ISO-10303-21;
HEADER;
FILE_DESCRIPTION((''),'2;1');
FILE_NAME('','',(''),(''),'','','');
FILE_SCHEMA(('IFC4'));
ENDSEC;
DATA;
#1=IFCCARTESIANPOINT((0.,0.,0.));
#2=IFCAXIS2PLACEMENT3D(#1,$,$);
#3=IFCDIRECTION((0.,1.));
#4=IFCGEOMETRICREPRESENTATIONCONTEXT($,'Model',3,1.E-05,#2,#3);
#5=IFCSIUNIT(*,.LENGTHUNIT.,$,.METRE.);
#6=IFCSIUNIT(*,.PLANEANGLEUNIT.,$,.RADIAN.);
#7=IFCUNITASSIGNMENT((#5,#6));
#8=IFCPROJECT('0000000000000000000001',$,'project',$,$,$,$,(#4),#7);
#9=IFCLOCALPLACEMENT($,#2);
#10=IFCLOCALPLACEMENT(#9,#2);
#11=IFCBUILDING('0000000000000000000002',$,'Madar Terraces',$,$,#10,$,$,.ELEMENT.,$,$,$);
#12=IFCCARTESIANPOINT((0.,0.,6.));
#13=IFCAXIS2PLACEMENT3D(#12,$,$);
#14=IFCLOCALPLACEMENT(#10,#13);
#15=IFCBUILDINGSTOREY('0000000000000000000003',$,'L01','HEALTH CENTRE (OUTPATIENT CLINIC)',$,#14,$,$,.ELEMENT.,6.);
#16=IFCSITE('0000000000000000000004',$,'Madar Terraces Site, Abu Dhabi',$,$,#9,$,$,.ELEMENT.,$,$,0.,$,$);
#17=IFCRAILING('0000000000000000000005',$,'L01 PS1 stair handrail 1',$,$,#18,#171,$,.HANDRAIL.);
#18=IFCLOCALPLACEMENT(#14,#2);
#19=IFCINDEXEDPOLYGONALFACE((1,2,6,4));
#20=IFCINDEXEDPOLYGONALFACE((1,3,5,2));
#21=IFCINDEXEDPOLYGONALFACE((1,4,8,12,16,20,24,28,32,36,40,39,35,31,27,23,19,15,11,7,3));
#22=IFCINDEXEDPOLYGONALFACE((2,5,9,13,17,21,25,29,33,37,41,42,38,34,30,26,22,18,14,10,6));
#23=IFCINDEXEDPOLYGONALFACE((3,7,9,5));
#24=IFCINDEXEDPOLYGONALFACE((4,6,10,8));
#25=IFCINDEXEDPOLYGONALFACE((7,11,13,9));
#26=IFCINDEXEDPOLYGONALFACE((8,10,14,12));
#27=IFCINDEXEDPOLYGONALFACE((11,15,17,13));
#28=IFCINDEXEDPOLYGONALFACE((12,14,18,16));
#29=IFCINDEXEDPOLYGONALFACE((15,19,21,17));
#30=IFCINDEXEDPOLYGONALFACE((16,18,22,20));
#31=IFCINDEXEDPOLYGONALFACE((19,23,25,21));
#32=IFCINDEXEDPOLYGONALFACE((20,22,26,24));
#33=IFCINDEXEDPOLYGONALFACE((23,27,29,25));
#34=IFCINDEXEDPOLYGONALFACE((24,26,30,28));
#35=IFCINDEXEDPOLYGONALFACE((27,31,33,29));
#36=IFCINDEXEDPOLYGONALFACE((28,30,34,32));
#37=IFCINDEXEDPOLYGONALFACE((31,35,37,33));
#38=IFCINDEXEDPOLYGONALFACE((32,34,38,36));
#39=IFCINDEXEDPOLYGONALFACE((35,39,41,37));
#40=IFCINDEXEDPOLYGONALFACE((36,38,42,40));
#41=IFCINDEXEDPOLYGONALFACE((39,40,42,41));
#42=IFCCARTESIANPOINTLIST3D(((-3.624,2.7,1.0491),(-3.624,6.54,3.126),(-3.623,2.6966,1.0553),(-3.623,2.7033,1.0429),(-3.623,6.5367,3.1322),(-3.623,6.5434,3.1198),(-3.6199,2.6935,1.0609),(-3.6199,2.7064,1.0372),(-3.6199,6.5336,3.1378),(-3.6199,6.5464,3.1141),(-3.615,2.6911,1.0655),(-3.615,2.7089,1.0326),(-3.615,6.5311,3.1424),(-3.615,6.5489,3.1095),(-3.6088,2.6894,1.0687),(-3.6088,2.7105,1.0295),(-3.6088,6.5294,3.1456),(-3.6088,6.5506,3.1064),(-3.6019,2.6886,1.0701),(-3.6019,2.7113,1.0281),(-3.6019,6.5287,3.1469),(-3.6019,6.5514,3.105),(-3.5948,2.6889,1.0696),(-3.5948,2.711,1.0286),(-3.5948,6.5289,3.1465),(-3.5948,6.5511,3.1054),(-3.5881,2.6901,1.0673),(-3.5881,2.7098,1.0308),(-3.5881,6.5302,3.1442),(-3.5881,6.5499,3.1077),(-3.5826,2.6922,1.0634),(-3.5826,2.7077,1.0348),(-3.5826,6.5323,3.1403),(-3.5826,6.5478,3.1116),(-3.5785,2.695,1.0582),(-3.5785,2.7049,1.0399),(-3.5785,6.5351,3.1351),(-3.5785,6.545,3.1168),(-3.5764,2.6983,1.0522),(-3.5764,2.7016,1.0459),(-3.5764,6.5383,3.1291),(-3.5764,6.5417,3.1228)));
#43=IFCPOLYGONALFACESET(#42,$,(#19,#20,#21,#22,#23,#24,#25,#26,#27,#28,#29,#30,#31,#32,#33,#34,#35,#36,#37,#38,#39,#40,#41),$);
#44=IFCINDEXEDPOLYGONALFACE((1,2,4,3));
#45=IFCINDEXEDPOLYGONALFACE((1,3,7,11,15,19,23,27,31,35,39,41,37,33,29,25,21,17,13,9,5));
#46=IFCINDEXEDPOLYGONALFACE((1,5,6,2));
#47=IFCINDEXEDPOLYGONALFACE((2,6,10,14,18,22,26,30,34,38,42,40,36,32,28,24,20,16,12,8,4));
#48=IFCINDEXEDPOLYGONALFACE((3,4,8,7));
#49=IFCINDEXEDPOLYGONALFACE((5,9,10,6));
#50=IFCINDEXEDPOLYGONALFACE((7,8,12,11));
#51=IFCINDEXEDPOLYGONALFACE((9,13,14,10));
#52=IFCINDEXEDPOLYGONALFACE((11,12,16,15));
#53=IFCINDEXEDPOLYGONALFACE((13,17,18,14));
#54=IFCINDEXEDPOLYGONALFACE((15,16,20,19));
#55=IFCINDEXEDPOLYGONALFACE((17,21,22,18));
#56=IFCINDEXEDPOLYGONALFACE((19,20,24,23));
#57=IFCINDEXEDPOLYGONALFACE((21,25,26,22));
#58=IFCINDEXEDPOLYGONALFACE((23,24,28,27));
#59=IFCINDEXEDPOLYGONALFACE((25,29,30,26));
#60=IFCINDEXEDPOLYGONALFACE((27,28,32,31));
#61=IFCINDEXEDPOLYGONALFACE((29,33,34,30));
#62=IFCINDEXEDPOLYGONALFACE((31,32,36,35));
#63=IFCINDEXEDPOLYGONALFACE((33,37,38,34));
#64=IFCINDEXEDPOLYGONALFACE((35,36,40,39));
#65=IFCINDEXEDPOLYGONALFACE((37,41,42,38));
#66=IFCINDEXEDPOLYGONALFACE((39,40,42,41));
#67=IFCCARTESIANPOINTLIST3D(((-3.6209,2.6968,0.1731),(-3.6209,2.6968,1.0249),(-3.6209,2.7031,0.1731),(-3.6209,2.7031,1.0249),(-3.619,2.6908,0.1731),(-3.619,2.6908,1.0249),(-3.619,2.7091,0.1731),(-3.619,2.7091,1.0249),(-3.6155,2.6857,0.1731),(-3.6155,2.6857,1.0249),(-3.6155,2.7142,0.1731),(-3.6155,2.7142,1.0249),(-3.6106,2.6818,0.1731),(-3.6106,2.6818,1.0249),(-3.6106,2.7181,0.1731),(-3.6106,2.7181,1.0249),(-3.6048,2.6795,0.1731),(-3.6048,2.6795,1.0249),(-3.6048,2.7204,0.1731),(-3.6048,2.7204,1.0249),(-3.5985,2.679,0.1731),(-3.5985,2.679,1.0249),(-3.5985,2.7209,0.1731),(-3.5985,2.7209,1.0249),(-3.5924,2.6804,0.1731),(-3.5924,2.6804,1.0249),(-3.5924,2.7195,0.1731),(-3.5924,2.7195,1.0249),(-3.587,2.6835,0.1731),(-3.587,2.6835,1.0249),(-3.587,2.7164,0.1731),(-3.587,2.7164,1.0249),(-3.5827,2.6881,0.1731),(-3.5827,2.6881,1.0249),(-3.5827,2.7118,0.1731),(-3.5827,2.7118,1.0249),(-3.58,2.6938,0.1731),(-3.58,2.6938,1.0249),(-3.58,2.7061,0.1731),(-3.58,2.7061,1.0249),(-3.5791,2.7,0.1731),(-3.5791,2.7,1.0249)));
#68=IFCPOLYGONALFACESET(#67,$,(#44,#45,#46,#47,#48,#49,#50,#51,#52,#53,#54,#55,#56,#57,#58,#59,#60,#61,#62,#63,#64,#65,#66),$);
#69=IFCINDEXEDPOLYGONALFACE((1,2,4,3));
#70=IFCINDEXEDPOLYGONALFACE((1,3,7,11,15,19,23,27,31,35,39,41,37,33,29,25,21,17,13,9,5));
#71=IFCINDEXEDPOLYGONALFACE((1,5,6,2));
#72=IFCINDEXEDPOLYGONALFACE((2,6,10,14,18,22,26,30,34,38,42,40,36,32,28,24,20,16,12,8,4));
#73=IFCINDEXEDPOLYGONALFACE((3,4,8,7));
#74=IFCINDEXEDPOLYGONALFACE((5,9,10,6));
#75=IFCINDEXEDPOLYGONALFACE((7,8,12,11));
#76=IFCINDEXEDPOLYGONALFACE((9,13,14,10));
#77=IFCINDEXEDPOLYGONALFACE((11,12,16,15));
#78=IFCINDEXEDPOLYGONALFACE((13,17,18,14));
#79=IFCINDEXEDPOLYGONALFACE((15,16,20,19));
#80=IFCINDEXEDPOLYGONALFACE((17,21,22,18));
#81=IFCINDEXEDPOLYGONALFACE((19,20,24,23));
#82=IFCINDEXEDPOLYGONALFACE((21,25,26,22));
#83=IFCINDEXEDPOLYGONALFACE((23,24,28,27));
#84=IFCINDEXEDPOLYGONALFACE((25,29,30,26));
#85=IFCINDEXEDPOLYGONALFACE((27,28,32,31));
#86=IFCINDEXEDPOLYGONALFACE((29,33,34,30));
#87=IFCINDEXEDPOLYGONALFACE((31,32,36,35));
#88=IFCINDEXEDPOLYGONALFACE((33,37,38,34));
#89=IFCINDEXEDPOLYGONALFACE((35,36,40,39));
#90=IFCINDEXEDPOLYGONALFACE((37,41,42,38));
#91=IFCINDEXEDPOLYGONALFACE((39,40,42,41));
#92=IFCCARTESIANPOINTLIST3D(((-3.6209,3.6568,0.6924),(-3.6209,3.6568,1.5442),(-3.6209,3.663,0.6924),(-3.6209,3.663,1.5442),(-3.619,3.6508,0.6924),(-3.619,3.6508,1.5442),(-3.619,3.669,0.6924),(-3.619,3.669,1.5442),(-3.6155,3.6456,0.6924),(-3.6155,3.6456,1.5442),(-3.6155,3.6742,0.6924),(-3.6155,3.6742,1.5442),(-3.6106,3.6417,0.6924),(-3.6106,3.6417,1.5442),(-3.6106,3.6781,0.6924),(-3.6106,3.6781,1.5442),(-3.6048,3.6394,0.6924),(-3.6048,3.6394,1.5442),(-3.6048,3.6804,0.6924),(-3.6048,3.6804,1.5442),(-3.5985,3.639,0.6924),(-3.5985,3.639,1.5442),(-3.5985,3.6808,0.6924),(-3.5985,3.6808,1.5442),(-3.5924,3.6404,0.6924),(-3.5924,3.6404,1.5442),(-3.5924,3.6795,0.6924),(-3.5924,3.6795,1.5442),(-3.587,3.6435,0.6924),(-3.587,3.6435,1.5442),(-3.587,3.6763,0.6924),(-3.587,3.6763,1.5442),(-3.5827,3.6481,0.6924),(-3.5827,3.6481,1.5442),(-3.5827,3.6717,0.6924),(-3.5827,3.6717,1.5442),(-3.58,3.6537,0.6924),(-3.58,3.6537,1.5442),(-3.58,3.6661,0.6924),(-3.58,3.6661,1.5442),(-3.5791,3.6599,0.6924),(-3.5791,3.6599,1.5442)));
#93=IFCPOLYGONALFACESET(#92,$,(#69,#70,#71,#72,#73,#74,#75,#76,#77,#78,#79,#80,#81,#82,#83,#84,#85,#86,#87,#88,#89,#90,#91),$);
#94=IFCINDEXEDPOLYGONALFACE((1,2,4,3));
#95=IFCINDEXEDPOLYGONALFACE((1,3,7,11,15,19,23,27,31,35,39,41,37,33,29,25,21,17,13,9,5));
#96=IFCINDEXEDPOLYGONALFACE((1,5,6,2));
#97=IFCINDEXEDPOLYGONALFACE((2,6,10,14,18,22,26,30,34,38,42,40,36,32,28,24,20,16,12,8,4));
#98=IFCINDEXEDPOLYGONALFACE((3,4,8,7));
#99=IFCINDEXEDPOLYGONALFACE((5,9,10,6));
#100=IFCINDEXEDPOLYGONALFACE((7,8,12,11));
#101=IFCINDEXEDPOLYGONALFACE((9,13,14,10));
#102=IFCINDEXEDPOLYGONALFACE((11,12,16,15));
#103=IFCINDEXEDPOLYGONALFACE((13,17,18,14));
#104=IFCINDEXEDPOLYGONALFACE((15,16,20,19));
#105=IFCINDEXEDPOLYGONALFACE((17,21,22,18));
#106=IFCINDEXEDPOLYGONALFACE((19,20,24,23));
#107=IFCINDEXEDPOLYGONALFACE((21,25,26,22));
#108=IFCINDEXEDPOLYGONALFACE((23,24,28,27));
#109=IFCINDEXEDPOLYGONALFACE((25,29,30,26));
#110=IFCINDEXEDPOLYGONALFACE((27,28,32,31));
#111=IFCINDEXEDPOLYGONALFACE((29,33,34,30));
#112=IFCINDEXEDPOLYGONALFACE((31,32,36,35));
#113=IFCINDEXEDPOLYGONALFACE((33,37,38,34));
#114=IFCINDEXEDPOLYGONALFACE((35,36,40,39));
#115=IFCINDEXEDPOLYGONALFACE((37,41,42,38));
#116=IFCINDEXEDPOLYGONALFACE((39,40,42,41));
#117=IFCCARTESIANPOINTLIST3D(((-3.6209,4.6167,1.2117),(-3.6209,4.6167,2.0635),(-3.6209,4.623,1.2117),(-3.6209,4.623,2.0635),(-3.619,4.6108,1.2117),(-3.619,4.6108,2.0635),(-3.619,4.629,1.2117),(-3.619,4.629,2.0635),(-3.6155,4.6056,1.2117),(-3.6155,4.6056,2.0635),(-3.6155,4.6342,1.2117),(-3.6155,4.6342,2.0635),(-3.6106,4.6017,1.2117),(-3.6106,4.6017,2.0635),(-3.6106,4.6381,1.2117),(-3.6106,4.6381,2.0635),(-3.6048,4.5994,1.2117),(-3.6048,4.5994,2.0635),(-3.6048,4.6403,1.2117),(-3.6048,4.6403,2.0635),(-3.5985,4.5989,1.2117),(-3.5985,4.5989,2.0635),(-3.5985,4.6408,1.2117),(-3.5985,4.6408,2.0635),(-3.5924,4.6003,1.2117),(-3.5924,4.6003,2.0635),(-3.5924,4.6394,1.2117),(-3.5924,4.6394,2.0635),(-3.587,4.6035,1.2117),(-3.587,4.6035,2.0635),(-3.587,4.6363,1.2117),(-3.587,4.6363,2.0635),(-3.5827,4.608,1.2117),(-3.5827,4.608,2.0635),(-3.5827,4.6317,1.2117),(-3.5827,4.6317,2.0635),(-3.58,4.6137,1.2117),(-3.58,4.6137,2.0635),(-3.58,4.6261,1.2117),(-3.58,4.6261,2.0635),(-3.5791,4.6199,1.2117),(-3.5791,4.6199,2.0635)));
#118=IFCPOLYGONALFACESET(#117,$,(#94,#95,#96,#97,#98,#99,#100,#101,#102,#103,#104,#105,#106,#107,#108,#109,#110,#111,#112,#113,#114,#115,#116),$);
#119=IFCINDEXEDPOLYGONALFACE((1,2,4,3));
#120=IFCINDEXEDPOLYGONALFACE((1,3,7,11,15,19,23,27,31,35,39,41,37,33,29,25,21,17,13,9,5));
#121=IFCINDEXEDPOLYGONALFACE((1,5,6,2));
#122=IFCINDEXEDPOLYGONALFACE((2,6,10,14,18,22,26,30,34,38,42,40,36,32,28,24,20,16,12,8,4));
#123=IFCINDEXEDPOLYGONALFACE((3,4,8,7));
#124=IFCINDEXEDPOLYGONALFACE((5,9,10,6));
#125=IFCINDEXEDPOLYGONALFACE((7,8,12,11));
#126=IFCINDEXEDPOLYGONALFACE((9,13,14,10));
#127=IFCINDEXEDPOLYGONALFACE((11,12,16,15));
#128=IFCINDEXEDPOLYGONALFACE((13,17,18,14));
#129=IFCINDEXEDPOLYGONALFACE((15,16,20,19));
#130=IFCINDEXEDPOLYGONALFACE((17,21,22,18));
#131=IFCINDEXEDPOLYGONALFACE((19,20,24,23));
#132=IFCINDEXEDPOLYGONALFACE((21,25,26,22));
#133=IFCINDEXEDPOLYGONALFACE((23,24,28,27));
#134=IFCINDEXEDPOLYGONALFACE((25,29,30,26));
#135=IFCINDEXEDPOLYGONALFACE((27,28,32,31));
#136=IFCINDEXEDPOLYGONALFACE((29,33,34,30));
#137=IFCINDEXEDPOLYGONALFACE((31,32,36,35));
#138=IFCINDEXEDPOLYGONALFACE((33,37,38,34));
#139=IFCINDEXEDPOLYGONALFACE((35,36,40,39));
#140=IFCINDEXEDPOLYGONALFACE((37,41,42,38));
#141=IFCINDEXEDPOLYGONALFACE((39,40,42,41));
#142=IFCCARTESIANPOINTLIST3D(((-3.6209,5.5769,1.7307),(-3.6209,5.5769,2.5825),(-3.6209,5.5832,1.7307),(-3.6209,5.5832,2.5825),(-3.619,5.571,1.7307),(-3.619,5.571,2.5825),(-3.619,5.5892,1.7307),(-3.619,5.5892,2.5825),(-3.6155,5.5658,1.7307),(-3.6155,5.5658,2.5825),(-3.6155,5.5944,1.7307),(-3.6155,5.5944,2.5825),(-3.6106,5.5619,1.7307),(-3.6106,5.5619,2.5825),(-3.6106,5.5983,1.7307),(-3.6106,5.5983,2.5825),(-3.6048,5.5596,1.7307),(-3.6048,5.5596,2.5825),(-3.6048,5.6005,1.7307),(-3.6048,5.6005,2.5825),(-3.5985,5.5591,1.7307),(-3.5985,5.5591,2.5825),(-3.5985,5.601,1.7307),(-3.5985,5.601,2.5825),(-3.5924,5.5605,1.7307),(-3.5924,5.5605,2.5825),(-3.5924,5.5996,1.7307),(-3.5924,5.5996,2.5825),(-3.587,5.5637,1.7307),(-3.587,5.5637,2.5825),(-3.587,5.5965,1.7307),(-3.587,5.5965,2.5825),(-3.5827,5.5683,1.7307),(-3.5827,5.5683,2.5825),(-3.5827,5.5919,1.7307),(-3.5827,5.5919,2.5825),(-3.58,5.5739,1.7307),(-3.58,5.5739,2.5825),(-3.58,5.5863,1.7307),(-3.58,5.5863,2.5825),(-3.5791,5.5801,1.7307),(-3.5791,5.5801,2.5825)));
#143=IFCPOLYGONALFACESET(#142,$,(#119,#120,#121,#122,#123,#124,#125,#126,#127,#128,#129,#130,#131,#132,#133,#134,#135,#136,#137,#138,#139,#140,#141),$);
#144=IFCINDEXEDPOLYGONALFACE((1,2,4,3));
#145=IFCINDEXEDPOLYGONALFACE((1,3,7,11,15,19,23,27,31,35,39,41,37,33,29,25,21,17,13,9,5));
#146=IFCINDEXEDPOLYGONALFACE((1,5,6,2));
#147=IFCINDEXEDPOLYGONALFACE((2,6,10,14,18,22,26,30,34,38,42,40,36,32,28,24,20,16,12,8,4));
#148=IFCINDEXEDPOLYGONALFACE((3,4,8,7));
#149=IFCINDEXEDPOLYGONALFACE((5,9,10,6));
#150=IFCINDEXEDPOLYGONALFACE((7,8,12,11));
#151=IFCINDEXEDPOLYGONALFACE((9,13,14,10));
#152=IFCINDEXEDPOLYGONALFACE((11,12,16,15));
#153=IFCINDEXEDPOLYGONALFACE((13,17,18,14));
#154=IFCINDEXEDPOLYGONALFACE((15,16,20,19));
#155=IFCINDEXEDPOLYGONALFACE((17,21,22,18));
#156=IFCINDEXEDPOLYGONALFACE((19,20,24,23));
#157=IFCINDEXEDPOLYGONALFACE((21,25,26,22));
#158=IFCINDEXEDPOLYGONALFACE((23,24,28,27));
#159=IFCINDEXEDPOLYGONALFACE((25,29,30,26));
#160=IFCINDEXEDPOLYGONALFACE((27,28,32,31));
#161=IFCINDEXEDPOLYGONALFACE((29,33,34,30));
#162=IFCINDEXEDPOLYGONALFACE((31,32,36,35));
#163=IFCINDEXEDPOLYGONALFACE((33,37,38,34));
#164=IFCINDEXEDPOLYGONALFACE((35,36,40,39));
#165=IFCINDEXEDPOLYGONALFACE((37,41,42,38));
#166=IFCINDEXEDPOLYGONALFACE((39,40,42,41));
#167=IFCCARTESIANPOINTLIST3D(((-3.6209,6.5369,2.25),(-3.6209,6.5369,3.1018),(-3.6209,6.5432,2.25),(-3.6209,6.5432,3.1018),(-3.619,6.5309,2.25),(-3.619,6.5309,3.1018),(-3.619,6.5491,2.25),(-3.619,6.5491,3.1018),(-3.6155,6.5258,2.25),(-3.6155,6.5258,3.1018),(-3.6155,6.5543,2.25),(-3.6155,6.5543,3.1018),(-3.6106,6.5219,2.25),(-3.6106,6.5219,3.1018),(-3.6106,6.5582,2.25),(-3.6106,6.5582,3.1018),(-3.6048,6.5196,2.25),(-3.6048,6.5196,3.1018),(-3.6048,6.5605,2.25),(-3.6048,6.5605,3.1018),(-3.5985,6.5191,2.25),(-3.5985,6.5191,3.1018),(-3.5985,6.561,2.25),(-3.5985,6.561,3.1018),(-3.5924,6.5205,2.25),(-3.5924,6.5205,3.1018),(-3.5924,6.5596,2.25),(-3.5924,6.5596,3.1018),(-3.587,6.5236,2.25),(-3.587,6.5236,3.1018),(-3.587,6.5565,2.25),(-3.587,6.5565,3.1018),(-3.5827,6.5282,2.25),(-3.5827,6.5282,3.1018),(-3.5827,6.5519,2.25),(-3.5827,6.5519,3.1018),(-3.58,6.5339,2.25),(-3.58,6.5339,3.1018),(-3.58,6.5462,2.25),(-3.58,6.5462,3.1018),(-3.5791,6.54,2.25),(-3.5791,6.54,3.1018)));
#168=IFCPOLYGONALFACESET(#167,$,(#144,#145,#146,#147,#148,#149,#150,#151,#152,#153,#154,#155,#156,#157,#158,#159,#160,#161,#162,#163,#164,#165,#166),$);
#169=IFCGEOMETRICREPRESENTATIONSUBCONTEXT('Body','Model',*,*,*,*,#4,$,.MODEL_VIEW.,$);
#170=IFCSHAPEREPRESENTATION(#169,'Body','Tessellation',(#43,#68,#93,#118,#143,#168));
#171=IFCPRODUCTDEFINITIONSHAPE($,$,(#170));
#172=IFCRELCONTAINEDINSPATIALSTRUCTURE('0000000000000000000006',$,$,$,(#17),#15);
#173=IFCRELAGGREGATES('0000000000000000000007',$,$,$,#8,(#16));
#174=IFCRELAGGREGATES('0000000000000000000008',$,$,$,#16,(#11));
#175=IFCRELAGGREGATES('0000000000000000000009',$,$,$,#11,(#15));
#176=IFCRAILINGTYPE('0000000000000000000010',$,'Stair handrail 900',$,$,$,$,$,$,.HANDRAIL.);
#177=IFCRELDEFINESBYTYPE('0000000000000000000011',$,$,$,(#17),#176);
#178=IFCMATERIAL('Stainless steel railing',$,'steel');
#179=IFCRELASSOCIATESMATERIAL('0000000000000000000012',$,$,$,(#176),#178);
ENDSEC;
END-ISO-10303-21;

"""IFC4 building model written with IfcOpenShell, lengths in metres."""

from ifc_helpers import new_model, si_unit, direction, frame, origin, origin_2d, place, context, subcontext, project, spatial, circle, extrude, material, type_object, element, save


model = new_model("IFC4")

# Units and contexts
model_context = context("Model", 3, precision=1e-05, world=origin(), true_north=direction((0.0, 1.0)))
body_context = subcontext(model_context, "Body", "Model", "MODEL_VIEW")
ifc_project = project(units=[si_unit("LENGTHUNIT", "METRE"), si_unit("PLANEANGLEUNIT", "RADIAN")], contexts=[model_context])

# Site, building, storey
site_placement = place(None, origin())
site = spatial("IfcSite", under=ifc_project, at=site_placement, Name="Madar Terraces Site, Abu Dhabi", CompositionType="ELEMENT", RefElevation=0.0)
building_placement = place(site_placement, origin())
building = spatial("IfcBuilding", under=site, at=building_placement, Name="Madar Terraces", CompositionType="ELEMENT")
storey_placement = place(building_placement, frame((0.0, 0.0, 6.0)))
storey = spatial("IfcBuildingStorey", under=building, at=storey_placement, Name="L01", Description="HEALTH CENTRE (OUTPATIENT CLINIC)", CompositionType="ELEMENT", Elevation=6.0)

# Railing
ifc_material_1 = material(Name="Stainless steel railing", Category="steel")
railing_type_1 = type_object("IfcRailingType", Name="Stair handrail 900", PredefinedType="HANDRAIL", material=ifc_material_1)
railing_1_placement = place(storey_placement, frame((-3.6001, 2.7, 0.1731)))
element("IfcRailing", 1, at=railing_1_placement, inside=storey, type_object=railing_type_1, Name="L01 PS1 stair handrail 1", PredefinedType="HANDRAIL", context=body_context, shape_type="SweptSolid", body=[
    extrude(circle(Radius=0.0239, at=origin_2d()), frame((0.0, 0.0, 0.876), z_axis=(0.0, 0.879593, 0.475726), x_axis=(-1.0, 0.0, 0.0)), (0.0, 0.0, 1.0), 4.3657),
    extrude(circle(Radius=0.021, at=origin_2d()), origin(), (0.0, 0.0, 1.0), 0.8518),
    extrude(circle(Radius=0.021, at=origin_2d()), frame((0.0, 0.96, 0.5193)), (0.0, 0.0, 1.0), 0.8518),
    extrude(circle(Radius=0.021, at=origin_2d()), frame((0.0, 1.9199, 1.0386)), (0.0, 0.0, 1.0), 0.8518),
    extrude(circle(Radius=0.021, at=origin_2d()), frame((0.0, 2.8801, 1.5576)), (0.0, 0.0, 1.0), 0.8518),
    extrude(circle(Radius=0.021, at=origin_2d()), frame((0.0, 3.8401, 2.0769)), (0.0, 0.0, 1.0), 0.8518),
])

save(model, "model.ifc")
